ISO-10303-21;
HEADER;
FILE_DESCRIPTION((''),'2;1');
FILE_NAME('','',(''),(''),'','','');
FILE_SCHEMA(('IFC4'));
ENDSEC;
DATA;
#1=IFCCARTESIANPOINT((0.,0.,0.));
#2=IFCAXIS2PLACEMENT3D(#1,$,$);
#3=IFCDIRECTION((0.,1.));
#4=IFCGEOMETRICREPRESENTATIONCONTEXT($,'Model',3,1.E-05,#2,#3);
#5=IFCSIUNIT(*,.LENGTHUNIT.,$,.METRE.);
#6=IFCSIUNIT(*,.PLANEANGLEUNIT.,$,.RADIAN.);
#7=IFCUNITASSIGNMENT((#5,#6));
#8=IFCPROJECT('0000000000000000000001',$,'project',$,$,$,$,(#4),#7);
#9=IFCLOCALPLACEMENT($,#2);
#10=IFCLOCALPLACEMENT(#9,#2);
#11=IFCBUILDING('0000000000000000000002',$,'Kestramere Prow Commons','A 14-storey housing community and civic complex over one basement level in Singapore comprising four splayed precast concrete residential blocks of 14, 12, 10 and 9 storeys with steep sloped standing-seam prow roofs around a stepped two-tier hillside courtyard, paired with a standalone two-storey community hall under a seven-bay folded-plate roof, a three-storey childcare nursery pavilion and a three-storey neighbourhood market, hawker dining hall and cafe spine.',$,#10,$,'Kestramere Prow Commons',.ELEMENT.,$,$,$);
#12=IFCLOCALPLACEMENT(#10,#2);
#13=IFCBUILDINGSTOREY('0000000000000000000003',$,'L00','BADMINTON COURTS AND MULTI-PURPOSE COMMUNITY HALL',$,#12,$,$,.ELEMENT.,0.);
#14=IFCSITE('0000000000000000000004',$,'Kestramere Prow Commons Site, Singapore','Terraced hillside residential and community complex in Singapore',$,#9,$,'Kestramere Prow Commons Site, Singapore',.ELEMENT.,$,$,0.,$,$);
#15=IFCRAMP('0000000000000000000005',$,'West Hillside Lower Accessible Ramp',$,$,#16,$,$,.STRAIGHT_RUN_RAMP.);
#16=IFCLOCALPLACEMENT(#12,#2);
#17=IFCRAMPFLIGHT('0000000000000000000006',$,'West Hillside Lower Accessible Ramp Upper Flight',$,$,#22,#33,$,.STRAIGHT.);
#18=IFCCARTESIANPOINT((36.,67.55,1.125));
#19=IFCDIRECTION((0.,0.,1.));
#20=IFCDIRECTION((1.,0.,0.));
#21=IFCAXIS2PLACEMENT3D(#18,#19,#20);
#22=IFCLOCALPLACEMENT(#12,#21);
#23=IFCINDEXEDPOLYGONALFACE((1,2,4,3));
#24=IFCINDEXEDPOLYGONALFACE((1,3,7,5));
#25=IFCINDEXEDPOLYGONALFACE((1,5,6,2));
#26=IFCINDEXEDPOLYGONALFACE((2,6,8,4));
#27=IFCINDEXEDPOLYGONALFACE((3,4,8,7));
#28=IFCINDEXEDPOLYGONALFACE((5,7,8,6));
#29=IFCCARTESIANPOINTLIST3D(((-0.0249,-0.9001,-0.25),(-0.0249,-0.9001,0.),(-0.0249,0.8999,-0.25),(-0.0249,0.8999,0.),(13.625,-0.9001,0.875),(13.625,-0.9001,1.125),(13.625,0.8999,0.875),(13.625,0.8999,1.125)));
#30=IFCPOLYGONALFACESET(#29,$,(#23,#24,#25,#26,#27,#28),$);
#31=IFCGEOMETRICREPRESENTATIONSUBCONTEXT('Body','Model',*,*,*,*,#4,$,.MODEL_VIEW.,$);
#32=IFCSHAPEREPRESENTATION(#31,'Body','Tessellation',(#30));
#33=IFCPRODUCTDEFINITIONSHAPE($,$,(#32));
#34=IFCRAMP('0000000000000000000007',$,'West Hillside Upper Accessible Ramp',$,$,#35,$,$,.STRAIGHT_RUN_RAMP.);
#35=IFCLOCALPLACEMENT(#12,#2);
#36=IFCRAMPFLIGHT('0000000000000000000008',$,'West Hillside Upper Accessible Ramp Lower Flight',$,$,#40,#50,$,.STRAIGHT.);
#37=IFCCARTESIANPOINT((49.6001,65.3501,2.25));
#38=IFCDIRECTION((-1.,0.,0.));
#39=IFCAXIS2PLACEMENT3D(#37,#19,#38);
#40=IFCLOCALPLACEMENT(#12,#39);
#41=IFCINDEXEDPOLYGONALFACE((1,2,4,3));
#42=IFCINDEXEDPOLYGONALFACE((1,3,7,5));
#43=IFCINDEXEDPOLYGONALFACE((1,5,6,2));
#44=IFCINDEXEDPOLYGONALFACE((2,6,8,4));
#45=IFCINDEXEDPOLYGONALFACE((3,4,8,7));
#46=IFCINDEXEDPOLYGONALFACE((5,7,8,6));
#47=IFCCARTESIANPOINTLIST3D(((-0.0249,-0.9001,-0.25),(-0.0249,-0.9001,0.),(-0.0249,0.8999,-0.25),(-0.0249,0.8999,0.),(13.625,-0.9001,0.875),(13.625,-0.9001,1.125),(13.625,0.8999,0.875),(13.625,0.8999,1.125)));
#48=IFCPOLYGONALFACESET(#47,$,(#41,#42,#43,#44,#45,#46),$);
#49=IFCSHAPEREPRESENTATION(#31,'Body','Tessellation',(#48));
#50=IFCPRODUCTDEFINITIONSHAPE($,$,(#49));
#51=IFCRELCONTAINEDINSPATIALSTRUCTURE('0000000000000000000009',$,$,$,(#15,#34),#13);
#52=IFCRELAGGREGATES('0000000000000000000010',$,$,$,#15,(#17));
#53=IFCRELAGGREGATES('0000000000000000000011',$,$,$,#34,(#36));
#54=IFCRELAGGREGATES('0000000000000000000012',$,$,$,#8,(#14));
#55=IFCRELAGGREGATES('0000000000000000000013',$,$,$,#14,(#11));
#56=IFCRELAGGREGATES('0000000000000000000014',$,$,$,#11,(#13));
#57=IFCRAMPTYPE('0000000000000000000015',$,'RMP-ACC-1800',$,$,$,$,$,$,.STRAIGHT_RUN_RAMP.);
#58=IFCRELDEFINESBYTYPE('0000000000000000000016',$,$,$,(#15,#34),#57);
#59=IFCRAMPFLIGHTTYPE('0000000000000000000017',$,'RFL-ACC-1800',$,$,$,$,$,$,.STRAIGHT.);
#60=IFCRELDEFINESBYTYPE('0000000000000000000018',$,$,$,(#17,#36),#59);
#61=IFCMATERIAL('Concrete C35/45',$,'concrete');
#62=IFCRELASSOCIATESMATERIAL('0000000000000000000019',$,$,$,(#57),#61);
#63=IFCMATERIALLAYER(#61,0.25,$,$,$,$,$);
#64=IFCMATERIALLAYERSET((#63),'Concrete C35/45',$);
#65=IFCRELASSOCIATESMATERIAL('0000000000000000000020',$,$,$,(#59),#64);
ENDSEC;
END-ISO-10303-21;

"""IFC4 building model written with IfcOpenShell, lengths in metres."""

from ifc_helpers import new_model, si_unit, direction, frame, origin, place, context, subcontext, project, spatial, polyline, outline, extrude, material, layer, layer_set, type_object, element, aggregate, save


model = new_model("IFC4")

# Units and contexts
model_context = context("Model", 3, precision=1e-05, world=origin(), true_north=direction((0.0, 1.0)))
body_context = subcontext(model_context, "Body", "Model", "MODEL_VIEW")
ifc_project = project(units=[si_unit("LENGTHUNIT", "METRE"), si_unit("PLANEANGLEUNIT", "RADIAN")], contexts=[model_context])

# Site, building, storey
site_placement = place(None, origin())
site = spatial("IfcSite", under=ifc_project, at=site_placement, Name="Kestramere Prow Commons Site, Singapore", Description="Terraced hillside residential and community complex in Singapore", LongName="Kestramere Prow Commons Site, Singapore", CompositionType="ELEMENT", RefElevation=0.0)
building_placement = place(site_placement, origin())
building = spatial("IfcBuilding", under=site, at=building_placement, Name="Kestramere Prow Commons", Description="A 14-storey housing community and civic complex over one basement level in Singapore comprising four splayed precast concrete residential blocks of 14, 12, 10 and 9 storeys with steep sloped standing-seam prow roofs around a stepped two-tier hillside courtyard, paired with a standalone two-storey community hall under a seven-bay folded-plate roof, a three-storey childcare nursery pavilion and a three-storey neighbourhood market, hawker dining hall and cafe spine.", LongName="Kestramere Prow Commons", CompositionType="ELEMENT")
storey_placement = place(building_placement, origin())
storey = spatial("IfcBuildingStorey", under=building, at=storey_placement, Name="L00", Description="BADMINTON COURTS AND MULTI-PURPOSE COMMUNITY HALL", CompositionType="ELEMENT", Elevation=0.0)

# Shared definitions
ifc_material_1 = material(Name="Concrete C35/45", Category="concrete")

# Ramps, ramp flights
ramp_type = type_object("IfcRampType", Name="RMP-ACC-1800", PredefinedType="STRAIGHT_RUN_RAMP", material=ifc_material_1)
ramp_1_placement = place(storey_placement, origin())
ramp_1 = element("IfcRamp", 1, at=ramp_1_placement, inside=storey, type_object=ramp_type, Name="West Hillside Lower Accessible Ramp", PredefinedType="STRAIGHT_RUN_RAMP")
ifc_layer_1 = layer(ifc_material_1, 0.25)
ifc_layer_set_1 = layer_set([ifc_layer_1], Name="Concrete C35/45")
ramp_flight_type = type_object("IfcRampFlightType", Name="RFL-ACC-1800", PredefinedType="STRAIGHT", material=ifc_layer_set_1)
ramp_flight_1_placement = place(storey_placement, frame((36.0, 67.55, 1.125), z_axis=(0.0, 0.0, 1.0), x_axis=(1.0, 0.0, 0.0)))
ramp_flight_1 = element("IfcRampFlight", 2, at=ramp_flight_1_placement, type_object=ramp_flight_type, Name="West Hillside Lower Accessible Ramp Upper Flight", PredefinedType="STRAIGHT", context=body_context, shape_type="SweptSolid", body=[
    extrude(outline(polyline([(-0.0249, 0.0), (13.625, 1.125), (13.625, 0.875), (-0.0249, -0.25), (-0.0249, 0.0)])), frame((0.0, 0.8999, 0.0), z_axis=(0.0, -1.0, 0.0), x_axis=(1.0, 0.0, 0.0)), (0.0, 0.0, 1.0), 1.8),
])
aggregate(ramp_1, [ramp_flight_1])
ramp_2_placement = place(storey_placement, origin())
ramp_2 = element("IfcRamp", 3, at=ramp_2_placement, inside=storey, type_object=ramp_type, Name="West Hillside Upper Accessible Ramp", PredefinedType="STRAIGHT_RUN_RAMP")
ramp_flight_2_placement = place(storey_placement, frame((49.6001, 65.3501, 2.25), z_axis=(0.0, 0.0, 1.0), x_axis=(-1.0, 0.0, 0.0)))
ramp_flight_2 = element("IfcRampFlight", 4, at=ramp_flight_2_placement, type_object=ramp_flight_type, Name="West Hillside Upper Accessible Ramp Lower Flight", PredefinedType="STRAIGHT", context=body_context, shape_type="SweptSolid", body=[
    extrude(outline(polyline([(-0.0249, 0.0), (13.625, 1.125), (13.625, 0.875), (-0.0249, -0.25), (-0.0249, 0.0)])), frame((0.0, 0.8999, 0.0), z_axis=(0.0, -1.0, 0.0), x_axis=(1.0, 0.0, 0.0)), (0.0, 0.0, 1.0), 1.8),
])
aggregate(ramp_2, [ramp_flight_2])

save(model, "model.ifc")
